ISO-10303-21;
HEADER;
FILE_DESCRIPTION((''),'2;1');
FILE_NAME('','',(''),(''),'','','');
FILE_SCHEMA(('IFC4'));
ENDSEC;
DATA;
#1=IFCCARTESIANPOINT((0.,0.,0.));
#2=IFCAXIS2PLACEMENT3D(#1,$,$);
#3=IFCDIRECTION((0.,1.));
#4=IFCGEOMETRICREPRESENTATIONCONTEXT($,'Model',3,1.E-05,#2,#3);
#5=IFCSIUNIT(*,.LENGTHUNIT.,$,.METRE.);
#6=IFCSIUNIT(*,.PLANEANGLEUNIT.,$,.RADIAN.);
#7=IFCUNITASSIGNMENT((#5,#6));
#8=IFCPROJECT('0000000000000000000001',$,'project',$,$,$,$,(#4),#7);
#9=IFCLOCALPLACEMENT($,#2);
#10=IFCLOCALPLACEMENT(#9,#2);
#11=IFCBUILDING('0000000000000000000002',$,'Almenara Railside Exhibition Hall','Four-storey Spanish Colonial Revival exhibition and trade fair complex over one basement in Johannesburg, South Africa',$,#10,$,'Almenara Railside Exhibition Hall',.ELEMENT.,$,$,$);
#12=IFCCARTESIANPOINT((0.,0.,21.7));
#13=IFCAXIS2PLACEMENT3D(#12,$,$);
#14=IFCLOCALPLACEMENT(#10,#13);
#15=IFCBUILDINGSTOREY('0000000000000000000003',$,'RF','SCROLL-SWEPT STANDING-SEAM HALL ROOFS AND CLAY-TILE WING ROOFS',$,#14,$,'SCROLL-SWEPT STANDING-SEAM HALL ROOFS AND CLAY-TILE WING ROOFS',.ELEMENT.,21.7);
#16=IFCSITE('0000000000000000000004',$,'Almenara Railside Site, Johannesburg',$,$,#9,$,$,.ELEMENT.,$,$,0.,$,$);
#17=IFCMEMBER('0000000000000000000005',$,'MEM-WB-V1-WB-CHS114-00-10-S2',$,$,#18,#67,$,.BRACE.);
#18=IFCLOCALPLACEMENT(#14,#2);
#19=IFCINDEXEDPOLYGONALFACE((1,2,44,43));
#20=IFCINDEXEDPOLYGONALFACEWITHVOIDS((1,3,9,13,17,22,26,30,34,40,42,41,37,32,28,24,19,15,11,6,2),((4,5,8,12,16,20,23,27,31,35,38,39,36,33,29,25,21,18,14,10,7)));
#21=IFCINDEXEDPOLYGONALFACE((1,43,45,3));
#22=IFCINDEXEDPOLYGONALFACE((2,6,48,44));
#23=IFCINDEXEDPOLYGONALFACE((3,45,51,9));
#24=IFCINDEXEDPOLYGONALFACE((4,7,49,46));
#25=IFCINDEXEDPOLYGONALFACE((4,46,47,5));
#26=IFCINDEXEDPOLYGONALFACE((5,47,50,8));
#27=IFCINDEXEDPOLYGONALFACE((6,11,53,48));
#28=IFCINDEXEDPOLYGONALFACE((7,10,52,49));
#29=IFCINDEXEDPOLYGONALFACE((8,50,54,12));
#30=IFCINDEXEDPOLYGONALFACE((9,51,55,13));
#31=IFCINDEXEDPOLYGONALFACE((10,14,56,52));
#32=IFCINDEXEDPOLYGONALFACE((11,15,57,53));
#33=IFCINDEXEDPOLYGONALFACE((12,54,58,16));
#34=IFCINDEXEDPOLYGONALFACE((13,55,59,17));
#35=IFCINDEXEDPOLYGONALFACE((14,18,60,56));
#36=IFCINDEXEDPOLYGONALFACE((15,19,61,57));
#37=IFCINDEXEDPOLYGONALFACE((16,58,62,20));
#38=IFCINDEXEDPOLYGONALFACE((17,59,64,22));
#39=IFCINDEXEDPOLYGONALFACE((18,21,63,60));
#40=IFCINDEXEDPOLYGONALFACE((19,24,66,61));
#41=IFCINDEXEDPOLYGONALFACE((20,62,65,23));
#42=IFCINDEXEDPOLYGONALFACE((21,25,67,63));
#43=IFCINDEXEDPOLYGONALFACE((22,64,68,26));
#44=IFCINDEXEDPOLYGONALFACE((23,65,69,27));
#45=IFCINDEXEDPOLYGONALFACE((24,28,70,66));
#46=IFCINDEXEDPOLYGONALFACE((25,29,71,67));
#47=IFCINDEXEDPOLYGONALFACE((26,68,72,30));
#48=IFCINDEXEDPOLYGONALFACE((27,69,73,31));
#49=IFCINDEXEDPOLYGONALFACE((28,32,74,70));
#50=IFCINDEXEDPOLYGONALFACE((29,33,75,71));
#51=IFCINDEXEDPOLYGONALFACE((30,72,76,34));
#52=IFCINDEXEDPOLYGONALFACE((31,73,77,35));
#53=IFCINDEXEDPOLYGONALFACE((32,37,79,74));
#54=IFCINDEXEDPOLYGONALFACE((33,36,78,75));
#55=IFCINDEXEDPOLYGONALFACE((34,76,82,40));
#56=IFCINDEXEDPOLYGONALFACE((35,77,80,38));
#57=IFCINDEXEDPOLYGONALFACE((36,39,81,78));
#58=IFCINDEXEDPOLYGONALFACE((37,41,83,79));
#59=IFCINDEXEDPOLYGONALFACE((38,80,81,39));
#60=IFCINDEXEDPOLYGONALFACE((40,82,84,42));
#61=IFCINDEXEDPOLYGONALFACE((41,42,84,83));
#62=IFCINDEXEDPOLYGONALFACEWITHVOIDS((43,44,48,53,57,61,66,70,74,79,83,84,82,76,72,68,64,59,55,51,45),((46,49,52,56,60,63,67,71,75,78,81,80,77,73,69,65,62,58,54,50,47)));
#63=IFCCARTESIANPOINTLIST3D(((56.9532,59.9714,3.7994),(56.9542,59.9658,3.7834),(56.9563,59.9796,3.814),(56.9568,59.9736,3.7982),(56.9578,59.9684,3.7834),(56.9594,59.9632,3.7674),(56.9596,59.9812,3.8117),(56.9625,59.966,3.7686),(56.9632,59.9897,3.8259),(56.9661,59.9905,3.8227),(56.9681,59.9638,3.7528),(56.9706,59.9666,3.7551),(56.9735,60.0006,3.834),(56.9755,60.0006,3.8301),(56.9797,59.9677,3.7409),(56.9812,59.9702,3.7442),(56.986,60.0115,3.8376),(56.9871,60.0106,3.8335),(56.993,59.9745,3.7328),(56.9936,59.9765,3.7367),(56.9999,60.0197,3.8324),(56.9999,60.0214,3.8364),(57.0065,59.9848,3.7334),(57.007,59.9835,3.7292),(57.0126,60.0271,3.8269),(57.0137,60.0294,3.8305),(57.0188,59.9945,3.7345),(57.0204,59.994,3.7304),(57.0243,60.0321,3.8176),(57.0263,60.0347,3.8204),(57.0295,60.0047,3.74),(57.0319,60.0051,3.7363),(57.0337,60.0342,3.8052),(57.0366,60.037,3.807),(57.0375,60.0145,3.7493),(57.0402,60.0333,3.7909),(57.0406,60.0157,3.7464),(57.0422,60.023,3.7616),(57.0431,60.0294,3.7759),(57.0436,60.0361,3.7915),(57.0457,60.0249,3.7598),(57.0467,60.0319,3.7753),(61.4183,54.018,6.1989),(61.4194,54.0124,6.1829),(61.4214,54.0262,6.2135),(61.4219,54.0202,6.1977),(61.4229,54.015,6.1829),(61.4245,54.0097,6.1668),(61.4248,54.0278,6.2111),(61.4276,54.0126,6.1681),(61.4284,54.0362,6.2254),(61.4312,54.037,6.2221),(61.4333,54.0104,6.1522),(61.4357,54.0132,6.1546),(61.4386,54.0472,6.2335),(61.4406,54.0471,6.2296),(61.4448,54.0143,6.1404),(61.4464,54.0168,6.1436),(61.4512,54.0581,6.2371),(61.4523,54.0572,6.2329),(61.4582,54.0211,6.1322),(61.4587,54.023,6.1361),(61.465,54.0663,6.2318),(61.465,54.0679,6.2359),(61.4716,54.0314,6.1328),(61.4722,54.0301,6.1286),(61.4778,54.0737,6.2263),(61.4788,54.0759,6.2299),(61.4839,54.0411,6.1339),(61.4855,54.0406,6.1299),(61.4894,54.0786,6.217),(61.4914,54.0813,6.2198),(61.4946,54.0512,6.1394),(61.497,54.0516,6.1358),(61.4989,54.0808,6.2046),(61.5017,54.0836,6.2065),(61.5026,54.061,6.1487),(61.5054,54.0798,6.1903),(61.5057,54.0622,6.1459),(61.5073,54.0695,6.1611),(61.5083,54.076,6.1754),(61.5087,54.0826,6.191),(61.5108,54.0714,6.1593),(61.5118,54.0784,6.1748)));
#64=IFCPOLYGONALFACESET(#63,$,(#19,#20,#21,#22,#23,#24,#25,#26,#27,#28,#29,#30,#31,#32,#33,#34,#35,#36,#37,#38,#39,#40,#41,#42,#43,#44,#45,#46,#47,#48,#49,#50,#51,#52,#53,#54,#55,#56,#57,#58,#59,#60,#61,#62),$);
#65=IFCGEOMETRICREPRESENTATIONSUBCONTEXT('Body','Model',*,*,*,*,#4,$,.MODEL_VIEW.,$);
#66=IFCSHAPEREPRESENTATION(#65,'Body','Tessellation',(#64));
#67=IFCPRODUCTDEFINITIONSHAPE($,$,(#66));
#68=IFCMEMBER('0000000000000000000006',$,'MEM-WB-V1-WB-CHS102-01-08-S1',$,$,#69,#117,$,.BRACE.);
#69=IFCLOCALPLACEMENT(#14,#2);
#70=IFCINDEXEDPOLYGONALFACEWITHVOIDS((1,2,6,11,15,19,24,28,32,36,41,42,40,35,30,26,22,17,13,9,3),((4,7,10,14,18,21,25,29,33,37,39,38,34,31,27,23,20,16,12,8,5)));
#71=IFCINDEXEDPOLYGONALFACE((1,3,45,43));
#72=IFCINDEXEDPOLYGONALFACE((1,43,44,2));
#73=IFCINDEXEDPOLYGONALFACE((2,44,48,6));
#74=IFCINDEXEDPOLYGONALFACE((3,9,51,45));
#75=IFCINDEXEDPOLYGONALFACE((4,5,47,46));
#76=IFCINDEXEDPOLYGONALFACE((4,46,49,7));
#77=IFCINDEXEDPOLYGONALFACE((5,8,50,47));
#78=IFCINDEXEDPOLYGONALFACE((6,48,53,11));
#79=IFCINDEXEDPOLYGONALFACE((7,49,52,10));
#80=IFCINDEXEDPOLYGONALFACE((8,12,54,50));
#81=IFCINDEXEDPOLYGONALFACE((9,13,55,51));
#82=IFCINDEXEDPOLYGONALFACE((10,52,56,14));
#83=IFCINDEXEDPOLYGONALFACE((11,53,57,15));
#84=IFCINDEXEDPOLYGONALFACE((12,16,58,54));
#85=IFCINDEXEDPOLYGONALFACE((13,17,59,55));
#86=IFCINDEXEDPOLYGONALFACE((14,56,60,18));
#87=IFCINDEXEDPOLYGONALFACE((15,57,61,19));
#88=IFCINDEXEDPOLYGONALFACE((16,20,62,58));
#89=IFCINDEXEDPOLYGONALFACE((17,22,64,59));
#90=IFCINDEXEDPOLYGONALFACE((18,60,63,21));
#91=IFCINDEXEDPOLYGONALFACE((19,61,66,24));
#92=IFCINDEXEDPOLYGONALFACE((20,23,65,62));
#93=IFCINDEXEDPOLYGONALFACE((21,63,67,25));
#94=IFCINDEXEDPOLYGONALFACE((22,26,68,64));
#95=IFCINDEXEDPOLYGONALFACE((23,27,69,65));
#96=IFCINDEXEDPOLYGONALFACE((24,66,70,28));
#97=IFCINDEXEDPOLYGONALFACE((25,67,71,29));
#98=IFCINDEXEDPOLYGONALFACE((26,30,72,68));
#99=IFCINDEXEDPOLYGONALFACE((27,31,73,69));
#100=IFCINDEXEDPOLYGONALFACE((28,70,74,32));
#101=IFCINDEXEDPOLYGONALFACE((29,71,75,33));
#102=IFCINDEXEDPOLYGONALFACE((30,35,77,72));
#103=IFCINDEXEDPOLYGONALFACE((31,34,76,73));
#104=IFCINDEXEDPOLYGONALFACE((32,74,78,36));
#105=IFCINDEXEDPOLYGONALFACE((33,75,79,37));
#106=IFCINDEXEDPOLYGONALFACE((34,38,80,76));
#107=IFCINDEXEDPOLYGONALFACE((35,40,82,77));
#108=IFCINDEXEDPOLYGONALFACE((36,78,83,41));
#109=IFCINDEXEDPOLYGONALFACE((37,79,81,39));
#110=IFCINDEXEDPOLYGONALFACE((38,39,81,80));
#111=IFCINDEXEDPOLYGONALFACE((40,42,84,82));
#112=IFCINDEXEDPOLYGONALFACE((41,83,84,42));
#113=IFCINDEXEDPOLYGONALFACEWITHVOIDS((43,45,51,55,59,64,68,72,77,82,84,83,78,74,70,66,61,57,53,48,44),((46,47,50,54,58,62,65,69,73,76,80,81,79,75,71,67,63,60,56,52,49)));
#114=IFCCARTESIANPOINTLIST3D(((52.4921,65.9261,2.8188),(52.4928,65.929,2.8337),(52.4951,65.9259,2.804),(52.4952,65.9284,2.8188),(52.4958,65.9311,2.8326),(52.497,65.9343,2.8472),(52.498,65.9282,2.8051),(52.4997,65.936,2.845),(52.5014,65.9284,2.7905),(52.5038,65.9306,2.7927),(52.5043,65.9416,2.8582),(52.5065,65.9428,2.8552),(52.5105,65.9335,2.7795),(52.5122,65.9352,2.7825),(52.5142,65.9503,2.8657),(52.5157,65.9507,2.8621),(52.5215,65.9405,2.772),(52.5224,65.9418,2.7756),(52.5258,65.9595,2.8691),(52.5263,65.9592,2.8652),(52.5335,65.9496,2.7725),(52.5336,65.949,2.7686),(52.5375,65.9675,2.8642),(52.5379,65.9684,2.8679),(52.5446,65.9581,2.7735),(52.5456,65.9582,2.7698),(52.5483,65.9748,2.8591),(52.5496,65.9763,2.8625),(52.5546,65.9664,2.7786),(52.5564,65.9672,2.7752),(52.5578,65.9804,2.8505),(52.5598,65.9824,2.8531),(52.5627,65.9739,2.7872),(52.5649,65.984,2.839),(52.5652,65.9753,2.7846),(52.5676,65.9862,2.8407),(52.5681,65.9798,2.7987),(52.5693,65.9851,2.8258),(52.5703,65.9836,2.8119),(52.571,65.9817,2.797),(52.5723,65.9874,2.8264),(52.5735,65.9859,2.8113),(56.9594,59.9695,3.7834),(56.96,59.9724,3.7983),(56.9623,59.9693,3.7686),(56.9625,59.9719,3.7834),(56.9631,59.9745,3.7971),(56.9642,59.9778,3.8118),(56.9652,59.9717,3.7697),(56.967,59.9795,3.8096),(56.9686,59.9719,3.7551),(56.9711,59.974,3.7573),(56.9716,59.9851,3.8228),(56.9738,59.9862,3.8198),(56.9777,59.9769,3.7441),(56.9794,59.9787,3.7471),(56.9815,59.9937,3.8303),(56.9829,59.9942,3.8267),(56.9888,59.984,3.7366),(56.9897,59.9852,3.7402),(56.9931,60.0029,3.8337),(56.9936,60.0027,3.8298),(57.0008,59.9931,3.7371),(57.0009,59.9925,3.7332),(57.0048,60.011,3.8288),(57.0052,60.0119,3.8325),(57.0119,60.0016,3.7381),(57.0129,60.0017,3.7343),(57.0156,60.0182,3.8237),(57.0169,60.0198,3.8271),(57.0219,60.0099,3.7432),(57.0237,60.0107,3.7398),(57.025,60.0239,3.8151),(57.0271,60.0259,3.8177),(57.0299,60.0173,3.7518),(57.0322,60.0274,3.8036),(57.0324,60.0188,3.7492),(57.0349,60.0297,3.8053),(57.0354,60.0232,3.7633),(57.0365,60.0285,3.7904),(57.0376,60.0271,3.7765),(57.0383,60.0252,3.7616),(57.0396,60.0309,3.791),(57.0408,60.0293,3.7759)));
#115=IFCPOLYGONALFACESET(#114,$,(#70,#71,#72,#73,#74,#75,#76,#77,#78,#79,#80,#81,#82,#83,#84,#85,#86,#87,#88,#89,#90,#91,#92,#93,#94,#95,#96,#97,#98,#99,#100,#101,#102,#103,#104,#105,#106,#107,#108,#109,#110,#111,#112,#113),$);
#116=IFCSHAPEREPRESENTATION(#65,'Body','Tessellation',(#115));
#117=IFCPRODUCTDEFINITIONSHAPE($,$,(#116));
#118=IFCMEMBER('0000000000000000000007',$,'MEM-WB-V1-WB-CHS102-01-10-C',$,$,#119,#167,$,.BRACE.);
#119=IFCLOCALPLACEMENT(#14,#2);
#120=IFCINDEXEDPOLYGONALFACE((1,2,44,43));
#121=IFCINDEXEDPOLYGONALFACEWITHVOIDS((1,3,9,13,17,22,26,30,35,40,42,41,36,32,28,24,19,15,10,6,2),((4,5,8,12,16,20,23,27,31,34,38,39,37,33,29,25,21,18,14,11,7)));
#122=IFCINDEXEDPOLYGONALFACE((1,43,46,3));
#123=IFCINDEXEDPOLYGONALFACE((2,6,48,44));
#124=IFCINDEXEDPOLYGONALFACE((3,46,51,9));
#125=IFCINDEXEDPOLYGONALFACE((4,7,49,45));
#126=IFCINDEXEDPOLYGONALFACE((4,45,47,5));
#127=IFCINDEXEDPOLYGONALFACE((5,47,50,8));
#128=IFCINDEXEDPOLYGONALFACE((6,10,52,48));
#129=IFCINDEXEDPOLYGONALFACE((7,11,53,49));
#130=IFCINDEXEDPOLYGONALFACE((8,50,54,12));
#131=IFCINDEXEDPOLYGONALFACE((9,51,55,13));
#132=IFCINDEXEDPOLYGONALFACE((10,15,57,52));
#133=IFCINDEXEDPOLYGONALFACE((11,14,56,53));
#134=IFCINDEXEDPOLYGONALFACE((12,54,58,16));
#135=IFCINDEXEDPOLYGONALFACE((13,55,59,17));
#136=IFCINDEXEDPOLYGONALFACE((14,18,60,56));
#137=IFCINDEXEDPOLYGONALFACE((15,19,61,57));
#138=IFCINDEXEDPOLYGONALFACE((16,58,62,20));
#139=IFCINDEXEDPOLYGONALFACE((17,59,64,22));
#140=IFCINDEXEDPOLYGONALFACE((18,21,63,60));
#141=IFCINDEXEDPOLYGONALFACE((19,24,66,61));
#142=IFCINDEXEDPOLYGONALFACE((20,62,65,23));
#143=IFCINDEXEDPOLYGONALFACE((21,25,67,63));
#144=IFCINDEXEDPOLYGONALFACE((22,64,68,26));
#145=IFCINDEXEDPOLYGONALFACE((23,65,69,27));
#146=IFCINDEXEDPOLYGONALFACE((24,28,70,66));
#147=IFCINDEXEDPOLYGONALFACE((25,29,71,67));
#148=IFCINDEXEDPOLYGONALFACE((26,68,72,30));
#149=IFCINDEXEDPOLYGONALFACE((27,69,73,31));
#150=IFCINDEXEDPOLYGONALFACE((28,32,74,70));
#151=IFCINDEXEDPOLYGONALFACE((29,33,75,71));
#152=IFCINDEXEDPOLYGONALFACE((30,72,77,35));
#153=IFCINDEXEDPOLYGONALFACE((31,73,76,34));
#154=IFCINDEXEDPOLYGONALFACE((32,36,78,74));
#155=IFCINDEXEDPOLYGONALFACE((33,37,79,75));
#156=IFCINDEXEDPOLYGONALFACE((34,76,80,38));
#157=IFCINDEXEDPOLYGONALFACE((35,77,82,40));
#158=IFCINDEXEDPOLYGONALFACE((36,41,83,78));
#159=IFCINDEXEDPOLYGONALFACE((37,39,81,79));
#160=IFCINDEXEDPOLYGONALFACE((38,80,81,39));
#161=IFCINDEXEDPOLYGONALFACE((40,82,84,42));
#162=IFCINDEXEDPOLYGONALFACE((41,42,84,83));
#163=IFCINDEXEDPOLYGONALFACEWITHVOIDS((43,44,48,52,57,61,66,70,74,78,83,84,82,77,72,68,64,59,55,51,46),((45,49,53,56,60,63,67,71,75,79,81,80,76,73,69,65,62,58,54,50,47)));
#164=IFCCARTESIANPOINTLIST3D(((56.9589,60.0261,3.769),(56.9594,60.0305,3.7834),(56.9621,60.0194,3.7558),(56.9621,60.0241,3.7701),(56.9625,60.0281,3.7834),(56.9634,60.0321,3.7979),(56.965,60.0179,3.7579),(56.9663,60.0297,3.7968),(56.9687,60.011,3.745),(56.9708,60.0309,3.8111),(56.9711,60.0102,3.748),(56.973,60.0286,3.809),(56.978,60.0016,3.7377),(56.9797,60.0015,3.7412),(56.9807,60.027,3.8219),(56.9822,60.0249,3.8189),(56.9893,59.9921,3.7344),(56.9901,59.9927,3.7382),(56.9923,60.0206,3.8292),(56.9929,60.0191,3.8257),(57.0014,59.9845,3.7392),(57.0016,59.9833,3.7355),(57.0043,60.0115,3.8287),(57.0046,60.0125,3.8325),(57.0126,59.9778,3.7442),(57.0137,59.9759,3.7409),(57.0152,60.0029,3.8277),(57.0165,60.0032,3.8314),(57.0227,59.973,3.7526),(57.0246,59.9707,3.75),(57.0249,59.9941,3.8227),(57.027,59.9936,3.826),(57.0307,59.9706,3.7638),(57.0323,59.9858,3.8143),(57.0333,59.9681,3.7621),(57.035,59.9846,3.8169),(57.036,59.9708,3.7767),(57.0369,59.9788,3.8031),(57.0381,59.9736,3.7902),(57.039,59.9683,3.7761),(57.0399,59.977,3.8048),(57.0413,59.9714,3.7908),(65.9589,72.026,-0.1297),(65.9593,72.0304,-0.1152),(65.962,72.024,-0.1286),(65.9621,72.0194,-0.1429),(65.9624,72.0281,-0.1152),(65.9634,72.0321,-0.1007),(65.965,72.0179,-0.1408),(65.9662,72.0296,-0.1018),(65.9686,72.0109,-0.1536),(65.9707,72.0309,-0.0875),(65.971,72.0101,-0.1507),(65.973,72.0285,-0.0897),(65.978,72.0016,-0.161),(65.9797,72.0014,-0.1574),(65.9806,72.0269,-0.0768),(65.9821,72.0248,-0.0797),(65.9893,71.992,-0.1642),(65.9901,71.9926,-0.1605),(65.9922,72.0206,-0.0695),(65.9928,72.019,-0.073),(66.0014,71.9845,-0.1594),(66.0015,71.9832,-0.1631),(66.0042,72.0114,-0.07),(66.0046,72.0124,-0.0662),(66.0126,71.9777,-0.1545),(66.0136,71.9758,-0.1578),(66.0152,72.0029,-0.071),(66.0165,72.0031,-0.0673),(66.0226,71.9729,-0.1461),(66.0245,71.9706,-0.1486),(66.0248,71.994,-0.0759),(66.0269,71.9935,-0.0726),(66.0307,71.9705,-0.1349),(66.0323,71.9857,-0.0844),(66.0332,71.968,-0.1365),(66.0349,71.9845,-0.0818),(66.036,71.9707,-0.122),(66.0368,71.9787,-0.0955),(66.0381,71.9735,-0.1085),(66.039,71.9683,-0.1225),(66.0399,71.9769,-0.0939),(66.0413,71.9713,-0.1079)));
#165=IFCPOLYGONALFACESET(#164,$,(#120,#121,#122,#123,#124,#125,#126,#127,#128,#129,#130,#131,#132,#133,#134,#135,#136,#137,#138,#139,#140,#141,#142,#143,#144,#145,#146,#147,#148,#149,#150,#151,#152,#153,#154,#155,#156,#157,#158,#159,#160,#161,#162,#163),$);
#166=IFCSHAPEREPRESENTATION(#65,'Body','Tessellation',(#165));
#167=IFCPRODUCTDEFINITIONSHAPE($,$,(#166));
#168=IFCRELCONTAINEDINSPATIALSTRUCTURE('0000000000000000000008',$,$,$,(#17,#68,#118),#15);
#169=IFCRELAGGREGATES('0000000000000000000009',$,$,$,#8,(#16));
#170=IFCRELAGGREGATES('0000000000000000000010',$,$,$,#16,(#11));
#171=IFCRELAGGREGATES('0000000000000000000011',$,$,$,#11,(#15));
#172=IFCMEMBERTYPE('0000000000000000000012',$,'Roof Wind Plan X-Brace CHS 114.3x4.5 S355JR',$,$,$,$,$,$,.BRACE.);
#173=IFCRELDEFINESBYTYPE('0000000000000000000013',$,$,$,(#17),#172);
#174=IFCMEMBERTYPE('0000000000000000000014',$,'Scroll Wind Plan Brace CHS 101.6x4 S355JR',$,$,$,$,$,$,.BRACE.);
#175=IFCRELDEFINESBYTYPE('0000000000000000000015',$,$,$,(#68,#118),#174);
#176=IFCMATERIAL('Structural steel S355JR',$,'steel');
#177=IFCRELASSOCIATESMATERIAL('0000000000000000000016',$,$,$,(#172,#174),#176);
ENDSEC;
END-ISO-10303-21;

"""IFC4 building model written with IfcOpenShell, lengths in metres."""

from ifc_helpers import new_model, si_unit, direction, frame, origin, origin_2d, place, context, subcontext, project, spatial, hollow_circle, extrude, material, material_profile, profile_set, type_object, element, save


model = new_model("IFC4")

# Units and contexts
model_context = context("Model", 3, precision=1e-05, world=origin(), true_north=direction((0.0, 1.0)))
body_context = subcontext(model_context, "Body", "Model", "MODEL_VIEW")
ifc_project = project(units=[si_unit("LENGTHUNIT", "METRE"), si_unit("PLANEANGLEUNIT", "RADIAN")], contexts=[model_context])

# Site, building, storey
site_placement = place(None, origin())
site = spatial("IfcSite", under=ifc_project, at=site_placement, Name="Almenara Railside Site, Johannesburg", CompositionType="ELEMENT", RefElevation=0.0)
building_placement = place(site_placement, origin())
building = spatial("IfcBuilding", under=site, at=building_placement, Name="Almenara Railside Exhibition Hall", Description="Four-storey Spanish Colonial Revival exhibition and trade fair complex over one basement in Johannesburg, South Africa", LongName="Almenara Railside Exhibition Hall", CompositionType="ELEMENT")
storey_placement = place(building_placement, frame((0.0, 0.0, 21.7)))
storey = spatial("IfcBuildingStorey", under=building, at=storey_placement, Name="RF", Description="SCROLL-SWEPT STANDING-SEAM HALL ROOFS AND CLAY-TILE WING ROOFS", LongName="SCROLL-SWEPT STANDING-SEAM HALL ROOFS AND CLAY-TILE WING ROOFS", CompositionType="ELEMENT", Elevation=21.7)

# Shared definitions
ifc_material_1 = material(Name="Structural steel S355JR", Category="steel")

# Members
ifc_material_profile_1 = material_profile(ifc_material_1, hollow_circle(Radius=0.0571, WallThickness=0.0044, at=origin_2d()), Name="CHS 114.3x4.5")
ifc_profile_set_1 = profile_set([ifc_material_profile_1], Name="Structural steel S355JR")
member_type_1 = type_object("IfcMemberType", Name="Roof Wind Plan X-Brace CHS 114.3x4.5 S355JR", PredefinedType="BRACE", material=ifc_profile_set_1)
for number, where, z_axis, x_axis, name in (
    (1, (61.4651, 54.0466, 6.1829), (-0.571056, 0.761398, -0.30687), (-0.799996, -0.600005, 0.0), "MEM-WB-V1-WB-CHS114-00-10-S2"),
):
    element("IfcMember", number, at=place(storey_placement, frame(where, z_axis=z_axis, x_axis=x_axis)), inside=storey, type_object=member_type_1, Name=name, PredefinedType="BRACE", context=body_context, shape_type="SweptSolid", body=[
        extrude(hollow_circle(Radius=0.0571, WallThickness=0.0044, at=origin_2d()), origin(), (0.0, 0.0, 1.0), 7.8191),
    ])
ifc_material_profile_2 = material_profile(ifc_material_1, hollow_circle(Radius=0.0508, WallThickness=0.0039, at=origin_2d()), Name="CHS 101.6x4")
ifc_profile_set_2 = profile_set([ifc_material_profile_2], Name="Structural steel S355JR")
member_type_2 = type_object("IfcMemberType", Name="Scroll Wind Plan Brace CHS 101.6x4 S355JR", PredefinedType="BRACE", material=ifc_profile_set_2)
member_1_placement = place(storey_placement, frame((57.0, 60.0, 3.7834), z_axis=(-0.595017, 0.793378, -0.128479), x_axis=(-0.800008, -0.59999, 0.0)))
element("IfcMember", 2, at=member_1_placement, inside=storey, type_object=member_type_2, Name="MEM-WB-V1-WB-CHS102-01-08-S1", PredefinedType="BRACE", context=body_context, shape_type="SweptSolid", body=[
    extrude(hollow_circle(Radius=0.0508, WallThickness=0.0039, at=origin_2d()), origin(), (0.0, 0.0, 1.0), 7.5078),
])
member_2_placement = place(storey_placement, frame((57.0, 60.0, 3.7834), z_axis=(0.580706, 0.774275, -0.251554), x_axis=(-0.8, 0.6, 0.0)))
element("IfcMember", 3, at=member_2_placement, inside=storey, type_object=member_type_2, Name="MEM-WB-V1-WB-CHS102-01-10-C", PredefinedType="BRACE", context=body_context, shape_type="SweptSolid", body=[
    extrude(hollow_circle(Radius=0.0508, WallThickness=0.0039, at=origin_2d()), origin(), (0.0, 0.0, 1.0), 15.4983),
])

save(model, "model.ifc")
